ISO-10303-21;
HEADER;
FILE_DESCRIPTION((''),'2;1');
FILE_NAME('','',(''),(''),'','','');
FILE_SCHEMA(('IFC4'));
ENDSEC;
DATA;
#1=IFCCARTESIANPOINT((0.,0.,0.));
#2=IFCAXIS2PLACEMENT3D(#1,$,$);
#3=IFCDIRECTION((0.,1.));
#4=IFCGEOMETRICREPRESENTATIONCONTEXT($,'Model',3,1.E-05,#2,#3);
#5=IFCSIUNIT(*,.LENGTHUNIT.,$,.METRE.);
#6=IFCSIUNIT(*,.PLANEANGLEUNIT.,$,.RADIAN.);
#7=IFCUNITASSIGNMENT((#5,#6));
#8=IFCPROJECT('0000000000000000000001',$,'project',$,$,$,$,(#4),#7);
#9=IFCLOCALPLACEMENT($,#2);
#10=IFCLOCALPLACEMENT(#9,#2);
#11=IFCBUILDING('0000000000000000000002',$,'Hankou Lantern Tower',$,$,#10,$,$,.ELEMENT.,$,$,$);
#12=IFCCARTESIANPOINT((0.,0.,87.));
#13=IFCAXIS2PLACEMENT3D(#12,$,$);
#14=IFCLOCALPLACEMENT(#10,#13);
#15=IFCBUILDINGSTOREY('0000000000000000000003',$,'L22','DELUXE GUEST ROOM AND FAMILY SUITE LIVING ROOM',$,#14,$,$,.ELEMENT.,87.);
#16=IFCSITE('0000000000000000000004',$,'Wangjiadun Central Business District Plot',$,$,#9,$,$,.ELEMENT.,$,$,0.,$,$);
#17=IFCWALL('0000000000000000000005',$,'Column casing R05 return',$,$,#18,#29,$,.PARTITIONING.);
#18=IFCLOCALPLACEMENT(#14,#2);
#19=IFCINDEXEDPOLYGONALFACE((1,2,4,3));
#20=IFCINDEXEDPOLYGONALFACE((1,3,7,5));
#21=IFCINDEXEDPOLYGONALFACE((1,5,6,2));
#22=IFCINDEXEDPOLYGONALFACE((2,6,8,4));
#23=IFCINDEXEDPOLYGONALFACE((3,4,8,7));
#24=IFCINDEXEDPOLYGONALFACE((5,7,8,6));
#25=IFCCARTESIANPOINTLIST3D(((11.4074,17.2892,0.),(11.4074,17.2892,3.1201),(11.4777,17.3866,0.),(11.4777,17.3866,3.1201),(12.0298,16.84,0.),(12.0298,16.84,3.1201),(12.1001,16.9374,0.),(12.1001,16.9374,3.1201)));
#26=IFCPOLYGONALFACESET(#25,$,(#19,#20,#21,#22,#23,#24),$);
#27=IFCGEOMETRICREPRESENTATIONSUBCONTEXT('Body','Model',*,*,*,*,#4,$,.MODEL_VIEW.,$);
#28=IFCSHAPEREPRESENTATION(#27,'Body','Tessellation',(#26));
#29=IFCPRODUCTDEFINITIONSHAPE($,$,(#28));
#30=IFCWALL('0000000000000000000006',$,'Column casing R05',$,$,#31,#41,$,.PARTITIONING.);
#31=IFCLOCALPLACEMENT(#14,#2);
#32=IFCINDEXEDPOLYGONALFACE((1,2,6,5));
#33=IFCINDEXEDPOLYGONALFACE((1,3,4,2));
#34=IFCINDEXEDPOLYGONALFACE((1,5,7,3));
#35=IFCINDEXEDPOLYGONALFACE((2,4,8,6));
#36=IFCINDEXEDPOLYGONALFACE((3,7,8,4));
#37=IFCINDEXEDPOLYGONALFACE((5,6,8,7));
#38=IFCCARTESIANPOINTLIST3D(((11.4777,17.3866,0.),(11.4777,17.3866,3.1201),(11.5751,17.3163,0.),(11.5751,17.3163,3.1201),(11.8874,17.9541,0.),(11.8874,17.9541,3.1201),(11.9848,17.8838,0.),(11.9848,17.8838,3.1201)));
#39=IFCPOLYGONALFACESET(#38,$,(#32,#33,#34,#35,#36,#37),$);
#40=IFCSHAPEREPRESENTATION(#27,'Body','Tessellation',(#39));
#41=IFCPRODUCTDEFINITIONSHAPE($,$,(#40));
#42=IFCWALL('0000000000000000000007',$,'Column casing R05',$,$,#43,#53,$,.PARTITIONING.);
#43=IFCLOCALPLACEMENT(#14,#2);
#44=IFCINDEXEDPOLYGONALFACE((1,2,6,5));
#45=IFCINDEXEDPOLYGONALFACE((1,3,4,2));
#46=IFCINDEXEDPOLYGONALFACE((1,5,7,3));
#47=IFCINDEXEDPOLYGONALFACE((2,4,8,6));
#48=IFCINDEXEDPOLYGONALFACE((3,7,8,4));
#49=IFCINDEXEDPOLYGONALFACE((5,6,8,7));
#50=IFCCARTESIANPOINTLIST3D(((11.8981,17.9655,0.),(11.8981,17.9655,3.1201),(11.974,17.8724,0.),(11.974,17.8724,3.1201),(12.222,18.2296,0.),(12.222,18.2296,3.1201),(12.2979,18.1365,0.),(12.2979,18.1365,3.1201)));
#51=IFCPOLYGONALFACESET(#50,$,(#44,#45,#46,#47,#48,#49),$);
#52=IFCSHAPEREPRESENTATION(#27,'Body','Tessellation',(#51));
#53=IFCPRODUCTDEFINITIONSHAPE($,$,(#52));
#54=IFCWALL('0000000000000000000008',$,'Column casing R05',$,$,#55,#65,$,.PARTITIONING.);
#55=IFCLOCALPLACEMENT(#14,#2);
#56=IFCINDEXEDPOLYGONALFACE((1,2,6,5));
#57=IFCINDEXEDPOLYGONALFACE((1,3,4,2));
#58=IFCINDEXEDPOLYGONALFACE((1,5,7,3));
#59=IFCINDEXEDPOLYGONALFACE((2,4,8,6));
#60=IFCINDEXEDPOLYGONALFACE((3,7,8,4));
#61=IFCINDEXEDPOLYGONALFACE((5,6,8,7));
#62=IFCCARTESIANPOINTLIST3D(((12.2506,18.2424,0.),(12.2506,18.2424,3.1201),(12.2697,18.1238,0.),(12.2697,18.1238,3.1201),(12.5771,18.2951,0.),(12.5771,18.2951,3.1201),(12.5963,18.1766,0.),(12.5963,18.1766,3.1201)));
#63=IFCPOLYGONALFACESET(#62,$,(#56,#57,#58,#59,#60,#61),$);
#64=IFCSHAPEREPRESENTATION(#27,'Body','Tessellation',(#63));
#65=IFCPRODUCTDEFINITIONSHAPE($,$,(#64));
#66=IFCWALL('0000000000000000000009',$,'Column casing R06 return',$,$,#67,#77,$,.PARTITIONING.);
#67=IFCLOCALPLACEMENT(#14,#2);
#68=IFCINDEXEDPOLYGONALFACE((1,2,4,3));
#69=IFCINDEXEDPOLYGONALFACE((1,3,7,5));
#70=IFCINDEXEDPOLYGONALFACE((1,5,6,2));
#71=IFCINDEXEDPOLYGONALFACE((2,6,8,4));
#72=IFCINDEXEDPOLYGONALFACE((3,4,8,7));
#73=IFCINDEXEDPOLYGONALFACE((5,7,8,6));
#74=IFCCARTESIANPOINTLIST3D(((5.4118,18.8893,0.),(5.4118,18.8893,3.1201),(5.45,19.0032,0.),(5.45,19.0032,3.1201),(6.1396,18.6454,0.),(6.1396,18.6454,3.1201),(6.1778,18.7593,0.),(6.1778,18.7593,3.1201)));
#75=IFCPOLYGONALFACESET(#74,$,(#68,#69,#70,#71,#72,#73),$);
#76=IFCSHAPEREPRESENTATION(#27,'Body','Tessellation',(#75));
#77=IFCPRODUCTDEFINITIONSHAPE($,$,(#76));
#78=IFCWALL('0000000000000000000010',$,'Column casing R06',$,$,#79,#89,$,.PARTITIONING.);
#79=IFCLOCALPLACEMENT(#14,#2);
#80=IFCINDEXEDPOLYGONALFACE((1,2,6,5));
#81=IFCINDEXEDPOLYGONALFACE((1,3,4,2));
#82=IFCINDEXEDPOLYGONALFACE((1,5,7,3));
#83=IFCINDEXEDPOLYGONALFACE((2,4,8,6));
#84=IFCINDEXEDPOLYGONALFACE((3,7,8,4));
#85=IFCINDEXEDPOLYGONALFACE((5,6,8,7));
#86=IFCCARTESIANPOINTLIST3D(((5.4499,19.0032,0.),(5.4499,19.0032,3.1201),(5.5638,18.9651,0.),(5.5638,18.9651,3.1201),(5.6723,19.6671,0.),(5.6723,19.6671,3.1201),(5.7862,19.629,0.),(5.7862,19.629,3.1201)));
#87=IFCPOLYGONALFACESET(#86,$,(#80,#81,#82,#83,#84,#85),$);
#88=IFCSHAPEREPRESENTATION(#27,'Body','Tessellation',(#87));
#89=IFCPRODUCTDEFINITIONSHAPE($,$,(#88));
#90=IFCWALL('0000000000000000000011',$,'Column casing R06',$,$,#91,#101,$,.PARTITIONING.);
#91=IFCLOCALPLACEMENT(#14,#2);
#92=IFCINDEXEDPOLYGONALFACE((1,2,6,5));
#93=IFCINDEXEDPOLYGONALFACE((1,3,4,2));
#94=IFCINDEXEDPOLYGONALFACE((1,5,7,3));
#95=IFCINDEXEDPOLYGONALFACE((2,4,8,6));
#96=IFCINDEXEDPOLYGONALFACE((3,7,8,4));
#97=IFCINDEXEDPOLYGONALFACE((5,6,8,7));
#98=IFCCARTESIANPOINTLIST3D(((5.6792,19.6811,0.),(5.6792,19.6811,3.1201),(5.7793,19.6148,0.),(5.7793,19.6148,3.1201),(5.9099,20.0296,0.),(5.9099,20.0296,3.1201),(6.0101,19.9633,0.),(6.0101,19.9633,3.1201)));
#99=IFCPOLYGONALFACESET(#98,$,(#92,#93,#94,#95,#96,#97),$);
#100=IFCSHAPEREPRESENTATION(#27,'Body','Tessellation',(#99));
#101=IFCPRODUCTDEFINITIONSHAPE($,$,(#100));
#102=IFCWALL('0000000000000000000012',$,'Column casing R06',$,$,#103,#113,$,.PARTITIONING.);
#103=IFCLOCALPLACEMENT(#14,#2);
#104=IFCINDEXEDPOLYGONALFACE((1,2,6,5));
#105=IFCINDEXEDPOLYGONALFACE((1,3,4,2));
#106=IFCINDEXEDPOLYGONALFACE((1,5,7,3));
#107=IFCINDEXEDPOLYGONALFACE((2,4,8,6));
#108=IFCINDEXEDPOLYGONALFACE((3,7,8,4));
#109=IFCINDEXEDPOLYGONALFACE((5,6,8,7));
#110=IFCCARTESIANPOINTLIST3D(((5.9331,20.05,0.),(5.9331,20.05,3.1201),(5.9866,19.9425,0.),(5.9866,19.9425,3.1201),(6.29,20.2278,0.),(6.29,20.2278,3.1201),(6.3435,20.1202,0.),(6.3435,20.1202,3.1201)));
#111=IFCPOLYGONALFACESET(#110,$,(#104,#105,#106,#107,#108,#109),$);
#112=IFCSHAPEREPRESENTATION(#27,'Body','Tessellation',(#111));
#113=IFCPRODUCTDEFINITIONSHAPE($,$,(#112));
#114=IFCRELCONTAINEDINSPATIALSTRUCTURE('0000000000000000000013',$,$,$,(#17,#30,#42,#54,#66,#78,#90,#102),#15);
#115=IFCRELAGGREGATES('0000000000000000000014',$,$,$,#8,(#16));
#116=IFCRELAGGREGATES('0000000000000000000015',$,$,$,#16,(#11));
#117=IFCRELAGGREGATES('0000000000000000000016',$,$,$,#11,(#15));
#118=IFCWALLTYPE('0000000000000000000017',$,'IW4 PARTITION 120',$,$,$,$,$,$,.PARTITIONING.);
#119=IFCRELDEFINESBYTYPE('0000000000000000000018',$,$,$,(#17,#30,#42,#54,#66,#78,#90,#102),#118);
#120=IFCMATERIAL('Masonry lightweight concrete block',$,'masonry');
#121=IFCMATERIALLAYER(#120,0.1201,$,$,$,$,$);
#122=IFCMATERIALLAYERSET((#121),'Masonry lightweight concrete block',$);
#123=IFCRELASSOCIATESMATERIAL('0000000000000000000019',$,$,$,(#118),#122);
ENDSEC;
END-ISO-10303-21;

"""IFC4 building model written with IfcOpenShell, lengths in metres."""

from ifc_helpers import new_model, si_unit, direction, frame, frame_2d, origin, place, context, subcontext, project, spatial, rectangle, extrude, material, layer, layer_set, type_object, element, save


model = new_model("IFC4")

# Units and contexts
model_context = context("Model", 3, precision=1e-05, world=origin(), true_north=direction((0.0, 1.0)))
body_context = subcontext(model_context, "Body", "Model", "MODEL_VIEW")
ifc_project = project(units=[si_unit("LENGTHUNIT", "METRE"), si_unit("PLANEANGLEUNIT", "RADIAN")], contexts=[model_context])

# Site, building, storey
site_placement = place(None, origin())
site = spatial("IfcSite", under=ifc_project, at=site_placement, Name="Wangjiadun Central Business District Plot", CompositionType="ELEMENT", RefElevation=0.0)
building_placement = place(site_placement, origin())
building = spatial("IfcBuilding", under=site, at=building_placement, Name="Hankou Lantern Tower", CompositionType="ELEMENT")
storey_placement = place(building_placement, frame((0.0, 0.0, 87.0)))
storey = spatial("IfcBuildingStorey", under=building, at=storey_placement, Name="L22", Description="DELUXE GUEST ROOM AND FAMILY SUITE LIVING ROOM", CompositionType="ELEMENT", Elevation=87.0)

# Walls
ifc_material_1 = material(Name="Masonry lightweight concrete block", Category="masonry")
ifc_layer_1 = layer(ifc_material_1, 0.1201)
ifc_layer_set_1 = layer_set([ifc_layer_1], Name="Masonry lightweight concrete block")
wall_type_1 = type_object("IfcWallType", Name="IW4 PARTITION 120", PredefinedType="PARTITIONING", material=ifc_layer_set_1)
wall_1_placement = place(storey_placement, frame((12.0649, 16.8887, 0.0), z_axis=(0.0, 0.0, 1.0), x_axis=(-0.810822, 0.585293, 0.0)))
element("IfcWall", 1, at=wall_1_placement, inside=storey, type_object=wall_type_1, Name="Column casing R05 return", PredefinedType="PARTITIONING", context=body_context, shape_type="SweptSolid", body=[
    extrude(rectangle(XDim=0.7676, YDim=0.1201, at=frame_2d((0.3838, 0.0))), origin(), (0.0, 0.0, 1.0), 3.1201),
])
wall_2_placement = place(storey_placement, frame((11.5264, 17.3513, 0.0), z_axis=(0.0, 0.0, 1.0), x_axis=(0.585223, 0.810872, 0.0)))
element("IfcWall", 2, at=wall_2_placement, inside=storey, type_object=wall_type_1, Name="Column casing R05", PredefinedType="PARTITIONING", context=body_context, shape_type="SweptSolid", body=[
    extrude(rectangle(XDim=0.7, YDim=0.1201, at=frame_2d((0.3501, 0.0))), origin(), (0.0, 0.0, 1.0), 3.1201),
])
wall_3_placement = place(storey_placement, frame((11.936, 17.9189, 0.0), z_axis=(0.0, 0.0, 1.0), x_axis=(0.775023, 0.631933, 0.0)))
element("IfcWall", 3, at=wall_3_placement, inside=storey, type_object=wall_type_1, Name="Column casing R05", PredefinedType="PARTITIONING", context=body_context, shape_type="SweptSolid", body=[
    extrude(rectangle(XDim=0.418, YDim=0.1201, at=frame_2d((0.209, 0.0))), origin(), (0.0, 0.0, 1.0), 3.1201),
])
wall_4_placement = place(storey_placement, frame((12.26, 18.1831, 0.0), z_axis=(0.0, 0.0, 1.0), x_axis=(0.987219, 0.159372, 0.0)))
element("IfcWall", 4, at=wall_4_placement, inside=storey, type_object=wall_type_1, Name="Column casing R05", PredefinedType="PARTITIONING", context=body_context, shape_type="SweptSolid", body=[
    extrude(rectangle(XDim=0.3308, YDim=0.1201, at=frame_2d((0.1655, 0.0))), origin(), (0.0, 0.0, 1.0), 3.1201),
])
wall_5_placement = place(storey_placement, frame((6.1587, 18.7024, 0.0), z_axis=(0.0, 0.0, 1.0), x_axis=(-0.948173, 0.317754, 0.0)))
element("IfcWall", 5, at=wall_5_placement, inside=storey, type_object=wall_type_1, Name="Column casing R06 return", PredefinedType="PARTITIONING", context=body_context, shape_type="SweptSolid", body=[
    extrude(rectangle(XDim=0.7676, YDim=0.1201, at=frame_2d((0.3838, 0.0))), origin(), (0.0, 0.0, 1.0), 3.1201),
])
wall_6_placement = place(storey_placement, frame((5.5068, 18.9841, 0.0), z_axis=(0.0, 0.0, 1.0), x_axis=(0.317692, 0.948194, 0.0)))
element("IfcWall", 6, at=wall_6_placement, inside=storey, type_object=wall_type_1, Name="Column casing R06", PredefinedType="PARTITIONING", context=body_context, shape_type="SweptSolid", body=[
    extrude(rectangle(XDim=0.7002, YDim=0.1201, at=frame_2d((0.3501, 0.0))), origin(), (0.0, 0.0, 1.0), 3.1201),
])
wall_7_placement = place(storey_placement, frame((5.7292, 19.6479, 0.0), z_axis=(0.0, 0.0, 1.0), x_axis=(0.552136, 0.833754, 0.0)))
element("IfcWall", 7, at=wall_7_placement, inside=storey, type_object=wall_type_1, Name="Column casing R06", PredefinedType="PARTITIONING", context=body_context, shape_type="SweptSolid", body=[
    extrude(rectangle(XDim=0.418, YDim=0.1201, at=frame_2d((0.209, 0.0))), origin(), (0.0, 0.0, 1.0), 3.1201),
])
wall_8_placement = place(storey_placement, frame((5.96, 19.9963, 0.0), z_axis=(0.0, 0.0, 1.0), x_axis=(0.895161, 0.445744, 0.0)))
element("IfcWall", 8, at=wall_8_placement, inside=storey, type_object=wall_type_1, Name="Column casing R06", PredefinedType="PARTITIONING", context=body_context, shape_type="SweptSolid", body=[
    extrude(rectangle(XDim=0.3987, YDim=0.1201, at=frame_2d((0.1992, 0.0))), origin(), (0.0, 0.0, 1.0), 3.1201),
])

save(model, "model.ifc")
